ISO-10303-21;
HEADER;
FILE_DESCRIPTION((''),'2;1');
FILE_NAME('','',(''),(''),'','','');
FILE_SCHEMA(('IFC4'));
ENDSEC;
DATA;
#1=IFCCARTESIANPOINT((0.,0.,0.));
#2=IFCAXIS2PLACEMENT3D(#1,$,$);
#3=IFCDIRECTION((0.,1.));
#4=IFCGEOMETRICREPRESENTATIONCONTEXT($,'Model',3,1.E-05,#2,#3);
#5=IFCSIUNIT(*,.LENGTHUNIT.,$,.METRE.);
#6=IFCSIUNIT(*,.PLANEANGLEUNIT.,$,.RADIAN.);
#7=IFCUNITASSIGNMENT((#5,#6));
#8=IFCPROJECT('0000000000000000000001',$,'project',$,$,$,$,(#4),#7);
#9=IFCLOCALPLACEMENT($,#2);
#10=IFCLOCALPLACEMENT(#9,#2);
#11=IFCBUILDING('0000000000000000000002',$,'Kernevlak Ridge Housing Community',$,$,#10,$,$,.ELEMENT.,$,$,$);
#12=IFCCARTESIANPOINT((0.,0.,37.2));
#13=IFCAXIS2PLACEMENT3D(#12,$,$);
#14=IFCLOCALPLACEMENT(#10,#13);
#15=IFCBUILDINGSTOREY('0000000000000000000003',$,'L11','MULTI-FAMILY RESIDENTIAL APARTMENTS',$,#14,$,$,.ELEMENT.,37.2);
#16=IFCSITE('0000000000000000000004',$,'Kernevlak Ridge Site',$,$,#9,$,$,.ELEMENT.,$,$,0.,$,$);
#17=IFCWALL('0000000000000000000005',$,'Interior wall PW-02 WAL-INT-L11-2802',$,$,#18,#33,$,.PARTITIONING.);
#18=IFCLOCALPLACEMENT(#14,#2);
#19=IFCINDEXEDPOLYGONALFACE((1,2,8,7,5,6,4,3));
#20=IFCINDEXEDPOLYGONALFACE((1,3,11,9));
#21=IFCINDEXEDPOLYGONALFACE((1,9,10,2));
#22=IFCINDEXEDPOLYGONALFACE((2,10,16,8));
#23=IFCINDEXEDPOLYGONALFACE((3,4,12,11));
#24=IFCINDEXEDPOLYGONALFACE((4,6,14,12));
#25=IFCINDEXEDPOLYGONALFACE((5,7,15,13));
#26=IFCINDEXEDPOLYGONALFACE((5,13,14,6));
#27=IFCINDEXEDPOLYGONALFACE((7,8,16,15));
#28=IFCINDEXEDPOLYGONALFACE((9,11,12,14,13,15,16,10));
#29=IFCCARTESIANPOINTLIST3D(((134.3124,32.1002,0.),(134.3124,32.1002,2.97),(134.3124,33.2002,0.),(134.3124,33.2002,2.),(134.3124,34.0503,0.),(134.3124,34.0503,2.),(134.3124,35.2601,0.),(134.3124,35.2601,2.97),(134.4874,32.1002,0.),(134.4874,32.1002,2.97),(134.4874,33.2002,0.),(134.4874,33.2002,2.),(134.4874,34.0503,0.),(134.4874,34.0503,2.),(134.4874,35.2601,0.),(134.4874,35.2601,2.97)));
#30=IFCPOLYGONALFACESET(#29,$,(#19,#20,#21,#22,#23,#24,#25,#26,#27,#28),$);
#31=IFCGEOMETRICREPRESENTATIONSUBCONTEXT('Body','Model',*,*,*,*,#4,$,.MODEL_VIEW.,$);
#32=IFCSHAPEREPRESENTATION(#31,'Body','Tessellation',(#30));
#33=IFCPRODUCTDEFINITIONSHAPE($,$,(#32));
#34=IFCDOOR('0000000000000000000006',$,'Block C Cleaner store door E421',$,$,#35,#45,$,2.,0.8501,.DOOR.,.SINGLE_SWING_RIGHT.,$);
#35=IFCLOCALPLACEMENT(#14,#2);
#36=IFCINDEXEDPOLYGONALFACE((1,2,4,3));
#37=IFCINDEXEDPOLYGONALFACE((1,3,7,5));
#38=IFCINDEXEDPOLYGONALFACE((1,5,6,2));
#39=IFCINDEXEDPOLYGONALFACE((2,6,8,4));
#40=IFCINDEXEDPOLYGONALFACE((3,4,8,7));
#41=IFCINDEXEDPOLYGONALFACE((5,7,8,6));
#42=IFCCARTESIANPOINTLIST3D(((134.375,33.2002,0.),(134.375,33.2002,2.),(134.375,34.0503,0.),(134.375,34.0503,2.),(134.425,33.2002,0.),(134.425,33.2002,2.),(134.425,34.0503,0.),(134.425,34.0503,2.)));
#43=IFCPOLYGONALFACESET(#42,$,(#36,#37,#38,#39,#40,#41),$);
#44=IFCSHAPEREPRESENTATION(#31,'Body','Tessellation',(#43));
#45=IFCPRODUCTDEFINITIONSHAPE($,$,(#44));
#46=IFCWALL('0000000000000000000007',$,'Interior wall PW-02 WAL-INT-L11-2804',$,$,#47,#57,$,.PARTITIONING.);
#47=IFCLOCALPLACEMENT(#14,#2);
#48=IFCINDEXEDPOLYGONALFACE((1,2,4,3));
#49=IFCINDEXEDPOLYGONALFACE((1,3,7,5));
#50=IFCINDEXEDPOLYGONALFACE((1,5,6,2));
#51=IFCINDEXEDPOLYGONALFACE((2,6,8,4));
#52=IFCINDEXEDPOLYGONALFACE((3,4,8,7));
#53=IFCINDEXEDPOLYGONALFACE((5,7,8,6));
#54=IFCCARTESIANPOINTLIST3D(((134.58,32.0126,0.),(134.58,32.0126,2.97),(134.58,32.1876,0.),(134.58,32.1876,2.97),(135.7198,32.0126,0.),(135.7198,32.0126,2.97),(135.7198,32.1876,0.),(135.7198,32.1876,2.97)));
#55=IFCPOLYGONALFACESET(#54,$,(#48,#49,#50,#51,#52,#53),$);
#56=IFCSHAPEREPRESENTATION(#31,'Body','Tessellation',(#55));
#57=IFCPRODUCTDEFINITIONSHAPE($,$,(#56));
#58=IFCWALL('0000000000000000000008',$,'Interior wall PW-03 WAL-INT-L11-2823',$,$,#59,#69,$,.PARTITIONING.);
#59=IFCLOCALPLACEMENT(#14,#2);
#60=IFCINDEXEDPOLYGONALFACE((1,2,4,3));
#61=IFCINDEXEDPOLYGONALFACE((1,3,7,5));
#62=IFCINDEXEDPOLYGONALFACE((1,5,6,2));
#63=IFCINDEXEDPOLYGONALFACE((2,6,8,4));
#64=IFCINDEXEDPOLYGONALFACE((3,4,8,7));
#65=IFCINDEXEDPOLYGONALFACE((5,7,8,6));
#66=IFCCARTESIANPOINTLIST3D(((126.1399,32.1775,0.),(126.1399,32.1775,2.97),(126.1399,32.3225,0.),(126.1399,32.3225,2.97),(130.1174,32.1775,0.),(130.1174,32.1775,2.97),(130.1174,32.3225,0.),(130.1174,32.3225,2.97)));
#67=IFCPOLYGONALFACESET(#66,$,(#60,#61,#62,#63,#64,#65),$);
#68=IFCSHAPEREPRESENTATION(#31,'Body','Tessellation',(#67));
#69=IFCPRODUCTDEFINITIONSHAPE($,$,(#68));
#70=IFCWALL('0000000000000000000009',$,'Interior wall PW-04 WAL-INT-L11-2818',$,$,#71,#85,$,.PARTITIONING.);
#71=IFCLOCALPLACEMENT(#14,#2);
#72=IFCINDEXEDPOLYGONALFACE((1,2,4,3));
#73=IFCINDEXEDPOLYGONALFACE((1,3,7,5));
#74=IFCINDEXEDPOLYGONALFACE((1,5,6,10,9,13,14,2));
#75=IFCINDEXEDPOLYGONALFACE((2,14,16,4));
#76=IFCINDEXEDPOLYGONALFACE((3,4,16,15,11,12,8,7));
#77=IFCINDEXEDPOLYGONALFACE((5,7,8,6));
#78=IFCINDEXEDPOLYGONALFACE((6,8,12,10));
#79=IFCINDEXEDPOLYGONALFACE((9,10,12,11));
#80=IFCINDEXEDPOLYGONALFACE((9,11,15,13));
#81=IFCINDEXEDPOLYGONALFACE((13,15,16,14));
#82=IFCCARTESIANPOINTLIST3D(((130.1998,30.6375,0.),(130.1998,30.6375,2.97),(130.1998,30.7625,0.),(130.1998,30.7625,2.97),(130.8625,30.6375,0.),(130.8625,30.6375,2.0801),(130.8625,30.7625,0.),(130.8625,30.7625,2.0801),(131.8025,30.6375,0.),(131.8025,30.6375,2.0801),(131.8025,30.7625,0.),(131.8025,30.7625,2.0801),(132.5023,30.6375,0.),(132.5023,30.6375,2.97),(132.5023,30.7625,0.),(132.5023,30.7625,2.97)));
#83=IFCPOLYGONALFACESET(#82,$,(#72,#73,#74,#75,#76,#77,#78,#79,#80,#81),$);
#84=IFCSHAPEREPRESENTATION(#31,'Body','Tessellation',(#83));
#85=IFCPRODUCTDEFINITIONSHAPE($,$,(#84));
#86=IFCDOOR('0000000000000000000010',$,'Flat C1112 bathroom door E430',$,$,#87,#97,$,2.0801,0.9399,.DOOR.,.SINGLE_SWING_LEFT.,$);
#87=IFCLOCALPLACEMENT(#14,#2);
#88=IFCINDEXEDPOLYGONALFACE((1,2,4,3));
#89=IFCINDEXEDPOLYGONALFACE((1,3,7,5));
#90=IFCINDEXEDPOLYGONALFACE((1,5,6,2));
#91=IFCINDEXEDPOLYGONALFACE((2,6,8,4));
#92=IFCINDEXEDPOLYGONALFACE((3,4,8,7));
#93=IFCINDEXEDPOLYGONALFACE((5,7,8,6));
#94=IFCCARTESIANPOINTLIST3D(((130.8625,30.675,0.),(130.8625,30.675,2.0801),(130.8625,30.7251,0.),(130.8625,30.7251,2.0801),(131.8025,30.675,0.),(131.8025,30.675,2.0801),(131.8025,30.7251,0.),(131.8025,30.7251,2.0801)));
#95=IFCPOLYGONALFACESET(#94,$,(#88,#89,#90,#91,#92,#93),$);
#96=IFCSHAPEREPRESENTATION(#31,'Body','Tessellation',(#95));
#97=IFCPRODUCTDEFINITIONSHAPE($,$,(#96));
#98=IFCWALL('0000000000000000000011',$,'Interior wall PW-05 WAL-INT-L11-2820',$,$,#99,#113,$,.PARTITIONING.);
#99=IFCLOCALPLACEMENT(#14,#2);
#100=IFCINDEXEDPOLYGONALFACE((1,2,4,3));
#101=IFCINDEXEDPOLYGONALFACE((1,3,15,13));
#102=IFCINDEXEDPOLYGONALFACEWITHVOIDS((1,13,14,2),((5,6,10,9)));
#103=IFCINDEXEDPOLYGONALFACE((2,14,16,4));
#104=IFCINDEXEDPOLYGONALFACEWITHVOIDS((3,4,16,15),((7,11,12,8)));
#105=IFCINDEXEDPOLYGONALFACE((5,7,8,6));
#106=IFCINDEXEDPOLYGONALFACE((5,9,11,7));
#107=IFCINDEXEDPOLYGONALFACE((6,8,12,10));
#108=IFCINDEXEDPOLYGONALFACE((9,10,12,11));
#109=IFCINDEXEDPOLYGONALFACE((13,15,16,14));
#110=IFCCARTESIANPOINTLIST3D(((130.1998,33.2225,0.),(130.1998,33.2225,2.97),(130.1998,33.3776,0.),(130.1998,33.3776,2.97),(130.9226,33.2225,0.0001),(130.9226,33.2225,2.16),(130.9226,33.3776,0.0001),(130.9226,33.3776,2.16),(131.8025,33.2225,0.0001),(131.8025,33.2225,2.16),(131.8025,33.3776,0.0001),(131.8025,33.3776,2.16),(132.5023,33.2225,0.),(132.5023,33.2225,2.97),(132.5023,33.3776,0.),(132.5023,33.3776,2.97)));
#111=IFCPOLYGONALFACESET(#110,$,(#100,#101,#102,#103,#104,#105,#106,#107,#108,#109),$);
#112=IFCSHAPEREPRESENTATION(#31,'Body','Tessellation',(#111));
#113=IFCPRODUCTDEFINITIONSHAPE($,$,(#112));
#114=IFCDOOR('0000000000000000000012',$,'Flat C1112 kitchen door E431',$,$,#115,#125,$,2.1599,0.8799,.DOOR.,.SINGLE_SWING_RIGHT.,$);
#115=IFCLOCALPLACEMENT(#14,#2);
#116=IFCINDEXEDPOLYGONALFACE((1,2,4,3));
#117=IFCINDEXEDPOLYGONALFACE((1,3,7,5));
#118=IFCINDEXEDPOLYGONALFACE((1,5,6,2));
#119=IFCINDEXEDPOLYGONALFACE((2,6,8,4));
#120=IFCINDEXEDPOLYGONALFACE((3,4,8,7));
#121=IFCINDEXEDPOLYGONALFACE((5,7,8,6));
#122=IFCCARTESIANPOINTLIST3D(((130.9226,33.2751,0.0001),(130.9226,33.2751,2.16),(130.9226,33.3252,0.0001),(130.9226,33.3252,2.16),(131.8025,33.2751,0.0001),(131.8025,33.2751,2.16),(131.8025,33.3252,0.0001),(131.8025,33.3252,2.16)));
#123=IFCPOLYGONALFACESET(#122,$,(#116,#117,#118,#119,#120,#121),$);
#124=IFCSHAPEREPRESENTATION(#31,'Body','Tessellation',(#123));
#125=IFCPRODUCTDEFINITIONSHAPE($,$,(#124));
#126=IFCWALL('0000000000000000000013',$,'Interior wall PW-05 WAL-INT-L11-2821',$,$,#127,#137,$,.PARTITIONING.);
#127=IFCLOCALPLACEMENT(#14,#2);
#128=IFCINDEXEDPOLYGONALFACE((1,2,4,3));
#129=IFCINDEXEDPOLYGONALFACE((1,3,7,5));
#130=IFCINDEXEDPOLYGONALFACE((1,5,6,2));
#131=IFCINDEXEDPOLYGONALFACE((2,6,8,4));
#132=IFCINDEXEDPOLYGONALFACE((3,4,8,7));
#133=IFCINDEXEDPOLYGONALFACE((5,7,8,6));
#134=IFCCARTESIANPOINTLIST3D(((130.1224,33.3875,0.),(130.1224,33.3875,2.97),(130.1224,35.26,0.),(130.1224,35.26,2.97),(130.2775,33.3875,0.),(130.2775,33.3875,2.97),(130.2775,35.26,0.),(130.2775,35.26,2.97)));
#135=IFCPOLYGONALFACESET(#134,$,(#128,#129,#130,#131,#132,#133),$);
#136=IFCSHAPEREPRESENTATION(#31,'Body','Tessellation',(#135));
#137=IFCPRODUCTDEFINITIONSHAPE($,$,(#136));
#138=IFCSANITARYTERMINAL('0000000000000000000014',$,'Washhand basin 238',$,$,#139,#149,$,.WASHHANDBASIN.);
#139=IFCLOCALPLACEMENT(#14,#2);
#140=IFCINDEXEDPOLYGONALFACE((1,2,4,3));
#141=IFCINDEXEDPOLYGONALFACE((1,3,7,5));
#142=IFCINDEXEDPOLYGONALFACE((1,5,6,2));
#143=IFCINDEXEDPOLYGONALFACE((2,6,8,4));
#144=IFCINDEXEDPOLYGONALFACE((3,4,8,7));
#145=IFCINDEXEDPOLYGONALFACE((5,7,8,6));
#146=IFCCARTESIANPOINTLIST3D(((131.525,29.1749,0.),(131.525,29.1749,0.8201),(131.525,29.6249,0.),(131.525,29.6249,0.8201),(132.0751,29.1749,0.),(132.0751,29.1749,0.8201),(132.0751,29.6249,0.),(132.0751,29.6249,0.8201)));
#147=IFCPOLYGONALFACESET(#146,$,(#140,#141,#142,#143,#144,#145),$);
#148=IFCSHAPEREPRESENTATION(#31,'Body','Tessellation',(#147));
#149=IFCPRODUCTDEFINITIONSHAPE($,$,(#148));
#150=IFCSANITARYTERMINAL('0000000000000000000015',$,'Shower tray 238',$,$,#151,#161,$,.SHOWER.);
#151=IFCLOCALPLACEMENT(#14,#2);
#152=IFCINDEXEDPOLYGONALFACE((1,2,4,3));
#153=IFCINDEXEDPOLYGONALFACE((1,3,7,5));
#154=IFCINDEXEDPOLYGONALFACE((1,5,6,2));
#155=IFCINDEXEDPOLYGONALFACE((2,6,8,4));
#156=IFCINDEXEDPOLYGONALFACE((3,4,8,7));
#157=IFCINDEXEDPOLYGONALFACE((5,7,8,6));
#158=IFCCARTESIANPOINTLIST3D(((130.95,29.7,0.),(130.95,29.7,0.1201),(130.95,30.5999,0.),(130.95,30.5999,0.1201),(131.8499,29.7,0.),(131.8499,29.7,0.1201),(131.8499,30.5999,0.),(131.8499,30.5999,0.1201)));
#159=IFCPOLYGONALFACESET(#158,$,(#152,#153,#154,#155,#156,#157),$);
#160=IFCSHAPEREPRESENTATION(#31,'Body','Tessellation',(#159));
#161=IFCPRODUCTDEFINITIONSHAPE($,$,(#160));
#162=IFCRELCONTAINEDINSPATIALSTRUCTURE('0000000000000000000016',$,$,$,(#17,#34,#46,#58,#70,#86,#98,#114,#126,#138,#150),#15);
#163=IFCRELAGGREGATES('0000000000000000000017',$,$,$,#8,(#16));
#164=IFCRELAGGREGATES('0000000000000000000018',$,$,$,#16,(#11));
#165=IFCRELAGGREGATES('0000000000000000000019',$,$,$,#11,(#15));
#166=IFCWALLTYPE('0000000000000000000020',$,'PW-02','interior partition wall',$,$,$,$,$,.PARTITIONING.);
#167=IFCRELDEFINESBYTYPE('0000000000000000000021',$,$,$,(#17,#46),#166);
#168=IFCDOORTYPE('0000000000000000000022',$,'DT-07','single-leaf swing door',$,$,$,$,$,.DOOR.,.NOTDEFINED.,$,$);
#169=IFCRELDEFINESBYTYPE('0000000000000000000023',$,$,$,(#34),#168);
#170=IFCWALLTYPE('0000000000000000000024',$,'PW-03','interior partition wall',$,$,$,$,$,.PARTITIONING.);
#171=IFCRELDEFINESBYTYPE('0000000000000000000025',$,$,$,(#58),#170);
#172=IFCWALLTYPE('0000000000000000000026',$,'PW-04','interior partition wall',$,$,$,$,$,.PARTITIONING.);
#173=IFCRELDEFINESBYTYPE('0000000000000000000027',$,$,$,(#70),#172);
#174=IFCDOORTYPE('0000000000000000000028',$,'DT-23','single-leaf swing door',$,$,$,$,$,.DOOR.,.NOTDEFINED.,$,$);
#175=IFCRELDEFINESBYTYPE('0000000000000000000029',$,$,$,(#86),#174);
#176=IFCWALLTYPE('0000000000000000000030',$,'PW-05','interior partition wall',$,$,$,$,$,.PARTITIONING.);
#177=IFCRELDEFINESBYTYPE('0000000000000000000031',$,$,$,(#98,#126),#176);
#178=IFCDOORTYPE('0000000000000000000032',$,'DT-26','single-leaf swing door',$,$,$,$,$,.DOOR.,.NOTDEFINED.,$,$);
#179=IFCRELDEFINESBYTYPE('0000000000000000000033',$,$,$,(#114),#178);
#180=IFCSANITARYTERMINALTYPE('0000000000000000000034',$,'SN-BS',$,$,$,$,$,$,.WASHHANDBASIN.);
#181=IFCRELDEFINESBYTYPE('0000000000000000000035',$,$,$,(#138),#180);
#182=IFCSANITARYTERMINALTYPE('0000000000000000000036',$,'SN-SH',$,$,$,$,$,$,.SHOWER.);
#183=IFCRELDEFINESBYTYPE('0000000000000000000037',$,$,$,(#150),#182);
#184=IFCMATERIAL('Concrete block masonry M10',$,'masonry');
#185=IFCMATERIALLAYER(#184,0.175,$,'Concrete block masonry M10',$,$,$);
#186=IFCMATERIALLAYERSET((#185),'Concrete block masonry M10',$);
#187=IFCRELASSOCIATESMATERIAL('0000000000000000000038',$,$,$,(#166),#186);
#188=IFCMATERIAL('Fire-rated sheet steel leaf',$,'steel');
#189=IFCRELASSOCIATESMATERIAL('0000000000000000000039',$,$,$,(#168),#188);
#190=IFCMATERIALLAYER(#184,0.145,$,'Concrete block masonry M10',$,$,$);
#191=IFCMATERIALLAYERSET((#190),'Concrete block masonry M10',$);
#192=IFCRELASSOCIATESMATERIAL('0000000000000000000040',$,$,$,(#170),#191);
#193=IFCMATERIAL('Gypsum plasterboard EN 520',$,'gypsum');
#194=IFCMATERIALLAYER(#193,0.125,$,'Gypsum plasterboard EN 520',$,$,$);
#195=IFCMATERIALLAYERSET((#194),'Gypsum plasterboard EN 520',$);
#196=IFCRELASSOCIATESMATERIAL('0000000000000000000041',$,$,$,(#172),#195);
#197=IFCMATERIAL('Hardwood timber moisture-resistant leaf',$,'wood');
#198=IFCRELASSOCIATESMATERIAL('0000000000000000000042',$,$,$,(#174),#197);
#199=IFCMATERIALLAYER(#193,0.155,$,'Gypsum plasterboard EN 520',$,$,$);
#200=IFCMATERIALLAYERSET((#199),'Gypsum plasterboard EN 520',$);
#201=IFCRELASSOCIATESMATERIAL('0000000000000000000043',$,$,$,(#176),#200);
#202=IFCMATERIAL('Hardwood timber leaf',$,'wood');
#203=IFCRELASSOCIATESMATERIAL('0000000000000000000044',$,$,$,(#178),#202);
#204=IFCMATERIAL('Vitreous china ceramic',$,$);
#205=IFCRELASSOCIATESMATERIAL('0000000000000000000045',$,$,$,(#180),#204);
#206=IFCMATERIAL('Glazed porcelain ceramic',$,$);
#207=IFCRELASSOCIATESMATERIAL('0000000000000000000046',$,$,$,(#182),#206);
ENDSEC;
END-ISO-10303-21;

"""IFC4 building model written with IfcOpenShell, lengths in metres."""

from ifc_helpers import new_model, si_unit, direction, frame, frame_2d, origin, origin_2d, place, context, subcontext, project, spatial, rectangle, extrude, material, layer, layer_set, type_object, element, fill, save


model = new_model("IFC4")

# Units and contexts
model_context = context("Model", 3, precision=1e-05, world=origin(), true_north=direction((0.0, 1.0)))
body_context = subcontext(model_context, "Body", "Model", "MODEL_VIEW")
ifc_project = project(units=[si_unit("LENGTHUNIT", "METRE"), si_unit("PLANEANGLEUNIT", "RADIAN")], contexts=[model_context])

# Site, building, storey
site_placement = place(None, origin())
site = spatial("IfcSite", under=ifc_project, at=site_placement, Name="Kernevlak Ridge Site", CompositionType="ELEMENT", RefElevation=0.0)
building_placement = place(site_placement, origin())
building = spatial("IfcBuilding", under=site, at=building_placement, Name="Kernevlak Ridge Housing Community", CompositionType="ELEMENT")
storey_placement = place(building_placement, frame((0.0, 0.0, 37.2)))
storey = spatial("IfcBuildingStorey", under=building, at=storey_placement, Name="L11", Description="MULTI-FAMILY RESIDENTIAL APARTMENTS", CompositionType="ELEMENT", Elevation=37.2)

# Shared definitions
ifc_material_1 = material(Name="Concrete block masonry M10", Category="masonry")

# Wall, opening, door
ifc_layer_1 = layer(ifc_material_1, 0.175, Name="Concrete block masonry M10")
ifc_layer_set_1 = layer_set([ifc_layer_1], Name="Concrete block masonry M10")
wall_type_1 = type_object("IfcWallType", Name="PW-02", Description="interior partition wall", PredefinedType="PARTITIONING", material=ifc_layer_set_1)
wall_1_placement = place(storey_placement, frame((134.3999, 32.1001, 0.0), z_axis=(0.0, 0.0, 1.0), x_axis=(0.0, 1.0, 0.0)))
wall_1 = element("IfcWall", 1, at=wall_1_placement, inside=storey, type_object=wall_type_1, Name="Interior wall PW-02 WAL-INT-L11-2802", PredefinedType="PARTITIONING", context=body_context, shape_type="SweptSolid", body=[
    extrude(rectangle(XDim=3.1599, YDim=0.175, at=frame_2d((1.5801, 0.0))), origin(), (0.0, 0.0, 1.0), 2.97),
])
opening_1_placement = place(wall_1_placement, frame((1.1001, 0.0, 0.0)))
opening_1 = element("IfcOpeningElement", 2, at=opening_1_placement, cuts=wall_1, PredefinedType="OPENING", context=body_context, shape_type="SweptSolid", body=[
    extrude(rectangle(XDim=0.8501, YDim=2.0, at=frame_2d((0.425, 1.0))), frame((0.0, 0.0974, 0.0), z_axis=(0.0, -1.0, 0.0), x_axis=(1.0, 0.0, 0.0)), (0.0, 0.0, 1.0), 0.1951),
])
ifc_material_2 = material(Name="Fire-rated sheet steel leaf", Category="steel")
door_type_1 = type_object("IfcDoorType", Name="DT-07", Description="single-leaf swing door", OperationType="NOTDEFINED", PredefinedType="DOOR", material=ifc_material_2)
door_1_placement = place(opening_1_placement, origin())
door_1 = element("IfcDoor", 3, at=door_1_placement, inside=storey, type_object=door_type_1, Name="Block C Cleaner store door E421", OperationType="SINGLE_SWING_RIGHT", OverallHeight=2.0, OverallWidth=0.8501, PredefinedType="DOOR", context=body_context, shape_type="SweptSolid", body=[
    extrude(rectangle(XDim=0.8501, YDim=2.0, at=frame_2d((0.425, 1.0))), frame((0.0, 0.0249, 0.0), z_axis=(0.0, -1.0, 0.0), x_axis=(1.0, 0.0, 0.0)), (0.0, 0.0, 1.0), 0.05),
])
fill(opening_1, door_1)

# Wall
wall_2_placement = place(storey_placement, frame((134.5801, 32.1001, 0.0), z_axis=(0.0, 0.0, 1.0), x_axis=(1.0, 0.0, 0.0)))
element("IfcWall", 4, at=wall_2_placement, inside=storey, type_object=wall_type_1, Name="Interior wall PW-02 WAL-INT-L11-2804", PredefinedType="PARTITIONING", context=body_context, shape_type="SweptSolid", body=[
    extrude(rectangle(XDim=1.1399, YDim=0.175, at=frame_2d((0.5698, 0.0))), origin(), (0.0, 0.0, 1.0), 2.97),
])

# Shared definitions
ifc_layer_2 = layer(ifc_material_1, 0.145, Name="Concrete block masonry M10")
ifc_layer_set_2 = layer_set([ifc_layer_2], Name="Concrete block masonry M10")
wall_type_2 = type_object("IfcWallType", Name="PW-03", Description="interior partition wall", PredefinedType="PARTITIONING", material=ifc_layer_set_2)
ifc_material_3 = material(Name="Hardwood timber leaf", Category="wood")

# Wall
wall_3_placement = place(storey_placement, frame((130.1174, 32.25, 0.0), z_axis=(0.0, 0.0, 1.0), x_axis=(-1.0, 0.0, 0.0)))
element("IfcWall", 5, at=wall_3_placement, inside=storey, type_object=wall_type_2, Name="Interior wall PW-03 WAL-INT-L11-2823", PredefinedType="PARTITIONING", context=body_context, shape_type="SweptSolid", body=[
    extrude(rectangle(XDim=3.9775, YDim=0.145, at=frame_2d((1.9888, 0.0))), origin(), (0.0, 0.0, 1.0), 2.97),
])

# Walls, openings, doors
ifc_material_4 = material(Name="Gypsum plasterboard EN 520", Category="gypsum")
ifc_layer_3 = layer(ifc_material_4, 0.125, Name="Gypsum plasterboard EN 520")
ifc_layer_set_3 = layer_set([ifc_layer_3], Name="Gypsum plasterboard EN 520")
wall_type_3 = type_object("IfcWallType", Name="PW-04", Description="interior partition wall", PredefinedType="PARTITIONING", material=ifc_layer_set_3)
wall_4_placement = place(storey_placement, frame((132.5024, 30.7, 0.0), z_axis=(0.0, 0.0, 1.0), x_axis=(-1.0, 0.0, 0.0)))
wall_4 = element("IfcWall", 6, at=wall_4_placement, inside=storey, type_object=wall_type_3, Name="Interior wall PW-04 WAL-INT-L11-2818", PredefinedType="PARTITIONING", context=body_context, shape_type="SweptSolid", body=[
    extrude(rectangle(XDim=2.3025, YDim=0.125, at=frame_2d((1.1514, 0.0))), origin(), (0.0, 0.0, 1.0), 2.97),
])
opening_2_placement = place(wall_4_placement, frame((0.7, 0.0, 0.0)))
opening_2 = element("IfcOpeningElement", 7, at=opening_2_placement, cuts=wall_4, PredefinedType="OPENING", context=body_context, shape_type="SweptSolid", body=[
    extrude(rectangle(XDim=0.9399, YDim=2.0801, at=frame_2d((0.47, 1.04))), frame((0.0, 0.0725, 0.0), z_axis=(0.0, -1.0, 0.0), x_axis=(1.0, 0.0, 0.0)), (0.0, 0.0, 1.0), 0.145),
])
ifc_material_5 = material(Name="Hardwood timber moisture-resistant leaf", Category="wood")
door_type_2 = type_object("IfcDoorType", Name="DT-23", Description="single-leaf swing door", OperationType="NOTDEFINED", PredefinedType="DOOR", material=ifc_material_5)
door_2_placement = place(opening_2_placement, origin())
door_2 = element("IfcDoor", 8, at=door_2_placement, inside=storey, type_object=door_type_2, Name="Flat C1112 bathroom door E430", OperationType="SINGLE_SWING_LEFT", OverallHeight=2.0801, OverallWidth=0.9399, PredefinedType="DOOR", context=body_context, shape_type="SweptSolid", body=[
    extrude(rectangle(XDim=0.9399, YDim=2.0801, at=frame_2d((0.47, 1.04))), frame((0.0, 0.0249, 0.0), z_axis=(0.0, -1.0, 0.0), x_axis=(1.0, 0.0, 0.0)), (0.0, 0.0, 1.0), 0.05),
])
fill(opening_2, door_2)
ifc_layer_4 = layer(ifc_material_4, 0.155, Name="Gypsum plasterboard EN 520")
ifc_layer_set_4 = layer_set([ifc_layer_4], Name="Gypsum plasterboard EN 520")
wall_type_4 = type_object("IfcWallType", Name="PW-05", Description="interior partition wall", PredefinedType="PARTITIONING", material=ifc_layer_set_4)
wall_5_placement = place(storey_placement, frame((132.5024, 33.3, 0.0), z_axis=(0.0, 0.0, 1.0), x_axis=(-1.0, 0.0, 0.0)))
wall_5 = element("IfcWall", 9, at=wall_5_placement, inside=storey, type_object=wall_type_4, Name="Interior wall PW-05 WAL-INT-L11-2820", PredefinedType="PARTITIONING", context=body_context, shape_type="SweptSolid", body=[
    extrude(rectangle(XDim=2.3025, YDim=0.155, at=frame_2d((1.1514, 0.0))), origin(), (0.0, 0.0, 1.0), 2.97),
])
opening_3_placement = place(wall_5_placement, frame((0.7, 0.0, 0.0)))
opening_3 = element("IfcOpeningElement", 10, at=opening_3_placement, cuts=wall_5, PredefinedType="OPENING", context=body_context, shape_type="SweptSolid", body=[
    extrude(rectangle(XDim=0.8799, YDim=2.1599, at=frame_2d((0.4399, 1.0801))), frame((0.0, 0.0874, 0.0), z_axis=(0.0, -1.0, 0.0), x_axis=(1.0, 0.0, 0.0)), (0.0, 0.0, 1.0), 0.175),
])
door_type_3 = type_object("IfcDoorType", Name="DT-26", Description="single-leaf swing door", OperationType="NOTDEFINED", PredefinedType="DOOR", material=ifc_material_3)
door_3_placement = place(opening_3_placement, origin())
door_3 = element("IfcDoor", 11, at=door_3_placement, inside=storey, type_object=door_type_3, Name="Flat C1112 kitchen door E431", OperationType="SINGLE_SWING_RIGHT", OverallHeight=2.1599, OverallWidth=0.8799, PredefinedType="DOOR", context=body_context, shape_type="SweptSolid", body=[
    extrude(rectangle(XDim=0.8799, YDim=2.1599, at=frame_2d((0.4399, 1.0801))), frame((0.0, 0.0249, 0.0), z_axis=(0.0, -1.0, 0.0), x_axis=(1.0, 0.0, 0.0)), (0.0, 0.0, 1.0), 0.05),
])
fill(opening_3, door_3)

# Wall
wall_6_placement = place(storey_placement, frame((130.2, 33.3875, 0.0), z_axis=(0.0, 0.0, 1.0), x_axis=(0.0, 1.0, 0.0)))
element("IfcWall", 12, at=wall_6_placement, inside=storey, type_object=wall_type_4, Name="Interior wall PW-05 WAL-INT-L11-2821", PredefinedType="PARTITIONING", context=body_context, shape_type="SweptSolid", body=[
    extrude(rectangle(XDim=1.8726, YDim=0.155, at=frame_2d((0.9363, 0.0))), origin(), (0.0, 0.0, 1.0), 2.97),
])

# Sanitary terminals
ifc_material_6 = material(Name="Vitreous china ceramic")
sanitary_terminal_type_1 = type_object("IfcSanitaryTerminalType", Name="SN-BS", PredefinedType="WASHHANDBASIN", material=ifc_material_6)
sanitary_terminal_1_placement = place(storey_placement, frame((131.8, 29.3999, 0.0), z_axis=(0.0, 0.0, 1.0), x_axis=(1.0, 0.0, 0.0)))
element("IfcSanitaryTerminal", 13, at=sanitary_terminal_1_placement, inside=storey, type_object=sanitary_terminal_type_1, Name="Washhand basin 238", PredefinedType="WASHHANDBASIN", context=body_context, shape_type="SweptSolid", body=[
    extrude(rectangle(XDim=0.55, YDim=0.45, at=origin_2d()), origin(), (0.0, 0.0, 1.0), 0.8201),
])
ifc_material_7 = material(Name="Glazed porcelain ceramic")
sanitary_terminal_type_2 = type_object("IfcSanitaryTerminalType", Name="SN-SH", PredefinedType="SHOWER", material=ifc_material_7)
sanitary_terminal_2_placement = place(storey_placement, frame((131.3999, 30.1499, 0.0), z_axis=(0.0, 0.0, 1.0), x_axis=(1.0, 0.0, 0.0)))
element("IfcSanitaryTerminal", 14, at=sanitary_terminal_2_placement, inside=storey, type_object=sanitary_terminal_type_2, Name="Shower tray 238", PredefinedType="SHOWER", context=body_context, shape_type="SweptSolid", body=[
    extrude(rectangle(XDim=0.8999, YDim=0.8999, at=origin_2d()), origin(), (0.0, 0.0, 1.0), 0.1201),
])

save(model, "model.ifc")
